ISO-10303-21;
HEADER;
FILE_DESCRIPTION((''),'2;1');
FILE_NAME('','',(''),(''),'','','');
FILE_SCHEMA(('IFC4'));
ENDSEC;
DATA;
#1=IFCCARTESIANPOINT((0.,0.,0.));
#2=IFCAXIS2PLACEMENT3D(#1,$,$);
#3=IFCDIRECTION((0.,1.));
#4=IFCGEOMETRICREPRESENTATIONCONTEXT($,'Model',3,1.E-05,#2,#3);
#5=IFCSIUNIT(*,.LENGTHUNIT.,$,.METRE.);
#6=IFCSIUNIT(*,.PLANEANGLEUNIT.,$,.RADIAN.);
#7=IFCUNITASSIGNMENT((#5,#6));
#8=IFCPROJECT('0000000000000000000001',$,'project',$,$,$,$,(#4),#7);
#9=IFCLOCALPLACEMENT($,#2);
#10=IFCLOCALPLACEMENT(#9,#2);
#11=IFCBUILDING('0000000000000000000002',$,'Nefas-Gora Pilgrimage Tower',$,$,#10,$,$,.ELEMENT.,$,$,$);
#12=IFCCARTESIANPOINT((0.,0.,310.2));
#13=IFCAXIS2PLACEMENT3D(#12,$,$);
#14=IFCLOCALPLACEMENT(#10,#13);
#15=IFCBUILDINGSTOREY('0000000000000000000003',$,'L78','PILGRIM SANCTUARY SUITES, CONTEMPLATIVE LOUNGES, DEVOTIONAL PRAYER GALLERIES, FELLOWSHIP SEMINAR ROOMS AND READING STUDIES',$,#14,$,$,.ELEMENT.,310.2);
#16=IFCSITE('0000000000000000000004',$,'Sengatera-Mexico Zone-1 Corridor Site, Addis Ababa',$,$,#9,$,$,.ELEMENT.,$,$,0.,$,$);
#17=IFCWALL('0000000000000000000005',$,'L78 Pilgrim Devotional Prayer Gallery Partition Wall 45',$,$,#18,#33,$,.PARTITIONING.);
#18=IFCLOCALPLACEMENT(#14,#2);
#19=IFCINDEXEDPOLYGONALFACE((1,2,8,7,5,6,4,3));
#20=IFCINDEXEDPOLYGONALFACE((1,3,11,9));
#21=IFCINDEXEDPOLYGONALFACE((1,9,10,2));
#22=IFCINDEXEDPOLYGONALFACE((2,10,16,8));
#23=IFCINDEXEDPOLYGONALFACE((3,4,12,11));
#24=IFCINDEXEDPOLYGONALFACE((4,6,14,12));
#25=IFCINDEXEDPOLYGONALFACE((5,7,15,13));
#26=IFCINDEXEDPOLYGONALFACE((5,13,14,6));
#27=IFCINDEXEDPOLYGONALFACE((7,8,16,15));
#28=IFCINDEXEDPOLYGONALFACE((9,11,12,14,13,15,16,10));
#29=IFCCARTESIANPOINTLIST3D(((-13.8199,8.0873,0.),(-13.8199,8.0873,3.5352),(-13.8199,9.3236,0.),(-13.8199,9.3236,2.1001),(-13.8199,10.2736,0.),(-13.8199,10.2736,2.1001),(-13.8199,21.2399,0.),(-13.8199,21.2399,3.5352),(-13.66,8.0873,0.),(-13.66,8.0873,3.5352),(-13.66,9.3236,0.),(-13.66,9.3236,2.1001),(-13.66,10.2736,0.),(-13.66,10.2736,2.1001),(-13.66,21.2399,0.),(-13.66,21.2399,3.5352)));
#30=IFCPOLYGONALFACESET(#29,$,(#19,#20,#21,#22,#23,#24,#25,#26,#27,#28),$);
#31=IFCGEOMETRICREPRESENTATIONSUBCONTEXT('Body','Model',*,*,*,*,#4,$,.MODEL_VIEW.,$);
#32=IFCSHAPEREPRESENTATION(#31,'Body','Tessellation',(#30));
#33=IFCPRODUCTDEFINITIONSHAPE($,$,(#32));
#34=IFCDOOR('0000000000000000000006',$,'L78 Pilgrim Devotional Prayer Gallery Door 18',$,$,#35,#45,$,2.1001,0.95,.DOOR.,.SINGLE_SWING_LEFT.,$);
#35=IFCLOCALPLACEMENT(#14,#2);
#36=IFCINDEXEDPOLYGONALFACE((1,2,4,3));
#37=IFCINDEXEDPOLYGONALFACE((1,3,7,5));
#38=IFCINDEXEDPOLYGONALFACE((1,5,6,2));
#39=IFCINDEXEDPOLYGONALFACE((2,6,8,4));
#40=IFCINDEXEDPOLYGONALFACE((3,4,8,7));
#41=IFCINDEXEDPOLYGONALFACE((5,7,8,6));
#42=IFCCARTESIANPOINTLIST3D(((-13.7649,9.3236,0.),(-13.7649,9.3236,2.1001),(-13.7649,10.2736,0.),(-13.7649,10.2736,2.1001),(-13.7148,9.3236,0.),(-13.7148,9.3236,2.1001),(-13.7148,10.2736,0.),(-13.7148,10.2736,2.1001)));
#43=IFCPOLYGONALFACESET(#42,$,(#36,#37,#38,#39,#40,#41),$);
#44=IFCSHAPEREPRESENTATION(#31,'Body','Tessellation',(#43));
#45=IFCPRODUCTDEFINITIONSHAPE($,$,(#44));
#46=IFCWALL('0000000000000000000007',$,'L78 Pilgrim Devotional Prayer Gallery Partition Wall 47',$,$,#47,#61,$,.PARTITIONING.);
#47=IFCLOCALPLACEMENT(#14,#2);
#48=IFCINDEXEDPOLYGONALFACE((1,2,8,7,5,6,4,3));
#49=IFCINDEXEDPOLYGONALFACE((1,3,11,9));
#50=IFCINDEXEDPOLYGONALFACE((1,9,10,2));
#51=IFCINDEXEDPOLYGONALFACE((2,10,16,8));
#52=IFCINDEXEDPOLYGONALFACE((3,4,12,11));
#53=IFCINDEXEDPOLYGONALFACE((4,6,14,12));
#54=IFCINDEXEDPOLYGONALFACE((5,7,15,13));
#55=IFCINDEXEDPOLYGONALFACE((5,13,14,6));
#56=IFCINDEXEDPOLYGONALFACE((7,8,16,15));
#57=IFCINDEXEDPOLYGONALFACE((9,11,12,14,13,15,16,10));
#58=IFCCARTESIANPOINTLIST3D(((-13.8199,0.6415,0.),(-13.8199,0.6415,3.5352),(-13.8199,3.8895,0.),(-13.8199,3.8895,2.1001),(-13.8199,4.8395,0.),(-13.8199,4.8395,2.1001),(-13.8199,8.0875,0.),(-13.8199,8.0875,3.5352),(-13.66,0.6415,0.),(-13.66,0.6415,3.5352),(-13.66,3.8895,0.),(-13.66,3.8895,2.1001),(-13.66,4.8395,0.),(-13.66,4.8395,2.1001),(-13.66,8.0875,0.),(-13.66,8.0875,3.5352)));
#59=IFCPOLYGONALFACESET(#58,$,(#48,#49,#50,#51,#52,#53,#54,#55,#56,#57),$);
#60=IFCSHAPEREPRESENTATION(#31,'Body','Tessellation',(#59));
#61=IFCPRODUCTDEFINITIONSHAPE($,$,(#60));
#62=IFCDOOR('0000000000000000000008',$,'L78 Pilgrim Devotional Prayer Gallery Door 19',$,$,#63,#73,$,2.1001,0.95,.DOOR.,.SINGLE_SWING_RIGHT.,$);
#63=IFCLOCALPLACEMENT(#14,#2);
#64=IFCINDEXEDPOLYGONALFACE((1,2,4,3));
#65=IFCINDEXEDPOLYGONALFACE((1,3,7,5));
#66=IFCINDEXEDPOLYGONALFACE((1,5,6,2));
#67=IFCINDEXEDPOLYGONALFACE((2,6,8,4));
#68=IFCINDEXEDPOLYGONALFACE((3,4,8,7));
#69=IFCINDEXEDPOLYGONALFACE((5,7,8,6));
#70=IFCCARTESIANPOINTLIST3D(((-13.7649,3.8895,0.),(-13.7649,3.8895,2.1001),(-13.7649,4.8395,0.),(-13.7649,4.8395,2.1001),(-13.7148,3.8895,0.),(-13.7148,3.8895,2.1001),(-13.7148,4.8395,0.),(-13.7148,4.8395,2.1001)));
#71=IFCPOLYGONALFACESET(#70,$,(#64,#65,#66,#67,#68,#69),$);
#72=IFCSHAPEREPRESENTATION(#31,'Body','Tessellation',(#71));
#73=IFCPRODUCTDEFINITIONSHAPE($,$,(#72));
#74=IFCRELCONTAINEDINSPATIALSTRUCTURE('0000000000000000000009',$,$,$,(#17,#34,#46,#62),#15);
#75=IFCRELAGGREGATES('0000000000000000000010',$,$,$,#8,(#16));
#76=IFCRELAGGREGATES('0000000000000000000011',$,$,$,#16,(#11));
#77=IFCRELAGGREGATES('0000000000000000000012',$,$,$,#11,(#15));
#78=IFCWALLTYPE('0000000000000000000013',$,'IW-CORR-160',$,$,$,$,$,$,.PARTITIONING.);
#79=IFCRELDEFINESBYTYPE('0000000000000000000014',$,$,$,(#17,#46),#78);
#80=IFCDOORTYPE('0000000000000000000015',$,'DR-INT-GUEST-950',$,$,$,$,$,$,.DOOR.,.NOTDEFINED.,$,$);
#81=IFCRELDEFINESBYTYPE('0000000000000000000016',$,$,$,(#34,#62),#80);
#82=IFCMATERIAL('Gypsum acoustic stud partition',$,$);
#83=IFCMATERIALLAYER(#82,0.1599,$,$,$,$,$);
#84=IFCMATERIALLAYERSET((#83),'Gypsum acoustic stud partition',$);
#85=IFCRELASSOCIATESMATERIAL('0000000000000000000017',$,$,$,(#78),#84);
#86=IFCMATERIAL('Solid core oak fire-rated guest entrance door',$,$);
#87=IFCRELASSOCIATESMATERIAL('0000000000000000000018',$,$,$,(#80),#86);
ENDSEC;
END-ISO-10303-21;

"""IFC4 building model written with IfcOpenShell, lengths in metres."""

from ifc_helpers import new_model, si_unit, direction, frame, frame_2d, origin, place, context, subcontext, project, spatial, rectangle, extrude, source, transform, mapped, material, layer, layer_set, type_object, element, fill, save


model = new_model("IFC4")

# Units and contexts
model_context = context("Model", 3, precision=1e-05, world=origin(), true_north=direction((0.0, 1.0)))
body_context = subcontext(model_context, "Body", "Model", "MODEL_VIEW")
ifc_project = project(units=[si_unit("LENGTHUNIT", "METRE"), si_unit("PLANEANGLEUNIT", "RADIAN")], contexts=[model_context])

# Site, building, storey
site_placement = place(None, origin())
site = spatial("IfcSite", under=ifc_project, at=site_placement, Name="Sengatera-Mexico Zone-1 Corridor Site, Addis Ababa", CompositionType="ELEMENT", RefElevation=0.0)
building_placement = place(site_placement, origin())
building = spatial("IfcBuilding", under=site, at=building_placement, Name="Nefas-Gora Pilgrimage Tower", CompositionType="ELEMENT")
storey_placement = place(building_placement, frame((0.0, 0.0, 310.2)))
storey = spatial("IfcBuildingStorey", under=building, at=storey_placement, Name="L78", Description="PILGRIM SANCTUARY SUITES, CONTEMPLATIVE LOUNGES, DEVOTIONAL PRAYER GALLERIES, FELLOWSHIP SEMINAR ROOMS AND READING STUDIES", CompositionType="ELEMENT", Elevation=310.2)

# Walls, openings, doors
ifc_material_1 = material(Name="Gypsum acoustic stud partition")
ifc_layer_1 = layer(ifc_material_1, 0.1599)
ifc_layer_set_1 = layer_set([ifc_layer_1], Name="Gypsum acoustic stud partition")
wall_type_1 = type_object("IfcWallType", Name="IW-CORR-160", PredefinedType="PARTITIONING", material=ifc_layer_set_1)
shared_shape_1 = source(origin(), body_context, "Body", "SweptSolid", [
    extrude(rectangle(XDim=13.1526, YDim=0.1599, at=frame_2d((6.5762, 0.0))), origin(), (0.0, 0.0, 1.0), 3.5352),
])
wall_1_placement = place(storey_placement, frame((-13.74, 8.0874, 0.0), z_axis=(0.0, 0.0, 1.0), x_axis=(0.0, 1.0, 0.0)))
wall_1 = element("IfcWall", 1, at=wall_1_placement, inside=storey, type_object=wall_type_1, Name="L78 Pilgrim Devotional Prayer Gallery Partition Wall 45", PredefinedType="PARTITIONING", context=body_context, shape_type="MappedRepresentation", body=[
    mapped(shared_shape_1, transform((0.0, 0.0, 0.0), x_axis=(1.0, 0.0, 0.0), y_axis=(0.0, 1.0, 0.0), z_axis=(0.0, 0.0, 1.0), scale=1.0)),
])
opening_1_placement = place(wall_1_placement, frame((1.2361, 0.0, 0.0)))
opening_1 = element("IfcOpeningElement", 2, at=opening_1_placement, cuts=wall_1, PredefinedType="OPENING", context=body_context, shape_type="SweptSolid", body=[
    extrude(rectangle(XDim=0.95, YDim=2.1001, at=frame_2d((0.4751, 1.05))), frame((0.0, 0.0898, 0.0), z_axis=(0.0, -1.0, 0.0), x_axis=(1.0, 0.0, 0.0)), (0.0, 0.0, 1.0), 0.1799),
])
ifc_material_2 = material(Name="Solid core oak fire-rated guest entrance door")
door_type = type_object("IfcDoorType", Name="DR-INT-GUEST-950", OperationType="NOTDEFINED", PredefinedType="DOOR", material=ifc_material_2)
shared_shape_2 = source(origin(), body_context, "Body", "SweptSolid", [
    extrude(rectangle(XDim=0.95, YDim=2.1001, at=frame_2d((0.4751, 1.05))), frame((0.0, 0.0249, 0.0), z_axis=(0.0, -1.0, 0.0), x_axis=(1.0, 0.0, 0.0)), (0.0, 0.0, 1.0), 0.05),
])
door_1_placement = place(opening_1_placement, origin())
door_1 = element("IfcDoor", 3, at=door_1_placement, inside=storey, type_object=door_type, Name="L78 Pilgrim Devotional Prayer Gallery Door 18", OperationType="SINGLE_SWING_LEFT", OverallHeight=2.1001, OverallWidth=0.95, PredefinedType="DOOR", context=body_context, shape_type="MappedRepresentation", body=[
    mapped(shared_shape_2, transform((0.0, 0.0, 0.0), x_axis=(1.0, 0.0, 0.0), y_axis=(0.0, 1.0, 0.0), z_axis=(0.0, 0.0, 1.0), scale=1.0)),
])
fill(opening_1, door_1)
shared_shape_3 = source(origin(), body_context, "Body", "SweptSolid", [
    extrude(rectangle(XDim=7.446, YDim=0.1599, at=frame_2d((3.7231, 0.0))), origin(), (0.0, 0.0, 1.0), 3.5352),
])
wall_2_placement = place(storey_placement, frame((-13.74, 0.6414, 0.0), z_axis=(0.0, 0.0, 1.0), x_axis=(0.0, 1.0, 0.0)))
wall_2 = element("IfcWall", 4, at=wall_2_placement, inside=storey, type_object=wall_type_1, Name="L78 Pilgrim Devotional Prayer Gallery Partition Wall 47", PredefinedType="PARTITIONING", context=body_context, shape_type="MappedRepresentation", body=[
    mapped(shared_shape_3, transform((0.0, 0.0, 0.0), x_axis=(1.0, 0.0, 0.0), y_axis=(0.0, 1.0, 0.0), z_axis=(0.0, 0.0, 1.0), scale=1.0)),
])
opening_2_placement = place(wall_2_placement, frame((3.248, 0.0, 0.0)))
opening_2 = element("IfcOpeningElement", 5, at=opening_2_placement, cuts=wall_2, PredefinedType="OPENING", context=body_context, shape_type="SweptSolid", body=[
    extrude(rectangle(XDim=0.95, YDim=2.1001, at=frame_2d((0.4751, 1.05))), frame((0.0, 0.0898, 0.0), z_axis=(0.0, -1.0, 0.0), x_axis=(1.0, 0.0, 0.0)), (0.0, 0.0, 1.0), 0.1799),
])
door_2_placement = place(opening_2_placement, origin())
door_2 = element("IfcDoor", 6, at=door_2_placement, inside=storey, type_object=door_type, Name="L78 Pilgrim Devotional Prayer Gallery Door 19", OperationType="SINGLE_SWING_RIGHT", OverallHeight=2.1001, OverallWidth=0.95, PredefinedType="DOOR", context=body_context, shape_type="MappedRepresentation", body=[
    mapped(shared_shape_2, transform((0.0, 0.0, 0.0), x_axis=(1.0, 0.0, 0.0), y_axis=(0.0, 1.0, 0.0), z_axis=(0.0, 0.0, 1.0), scale=1.0)),
])
fill(opening_2, door_2)

save(model, "model.ifc")
